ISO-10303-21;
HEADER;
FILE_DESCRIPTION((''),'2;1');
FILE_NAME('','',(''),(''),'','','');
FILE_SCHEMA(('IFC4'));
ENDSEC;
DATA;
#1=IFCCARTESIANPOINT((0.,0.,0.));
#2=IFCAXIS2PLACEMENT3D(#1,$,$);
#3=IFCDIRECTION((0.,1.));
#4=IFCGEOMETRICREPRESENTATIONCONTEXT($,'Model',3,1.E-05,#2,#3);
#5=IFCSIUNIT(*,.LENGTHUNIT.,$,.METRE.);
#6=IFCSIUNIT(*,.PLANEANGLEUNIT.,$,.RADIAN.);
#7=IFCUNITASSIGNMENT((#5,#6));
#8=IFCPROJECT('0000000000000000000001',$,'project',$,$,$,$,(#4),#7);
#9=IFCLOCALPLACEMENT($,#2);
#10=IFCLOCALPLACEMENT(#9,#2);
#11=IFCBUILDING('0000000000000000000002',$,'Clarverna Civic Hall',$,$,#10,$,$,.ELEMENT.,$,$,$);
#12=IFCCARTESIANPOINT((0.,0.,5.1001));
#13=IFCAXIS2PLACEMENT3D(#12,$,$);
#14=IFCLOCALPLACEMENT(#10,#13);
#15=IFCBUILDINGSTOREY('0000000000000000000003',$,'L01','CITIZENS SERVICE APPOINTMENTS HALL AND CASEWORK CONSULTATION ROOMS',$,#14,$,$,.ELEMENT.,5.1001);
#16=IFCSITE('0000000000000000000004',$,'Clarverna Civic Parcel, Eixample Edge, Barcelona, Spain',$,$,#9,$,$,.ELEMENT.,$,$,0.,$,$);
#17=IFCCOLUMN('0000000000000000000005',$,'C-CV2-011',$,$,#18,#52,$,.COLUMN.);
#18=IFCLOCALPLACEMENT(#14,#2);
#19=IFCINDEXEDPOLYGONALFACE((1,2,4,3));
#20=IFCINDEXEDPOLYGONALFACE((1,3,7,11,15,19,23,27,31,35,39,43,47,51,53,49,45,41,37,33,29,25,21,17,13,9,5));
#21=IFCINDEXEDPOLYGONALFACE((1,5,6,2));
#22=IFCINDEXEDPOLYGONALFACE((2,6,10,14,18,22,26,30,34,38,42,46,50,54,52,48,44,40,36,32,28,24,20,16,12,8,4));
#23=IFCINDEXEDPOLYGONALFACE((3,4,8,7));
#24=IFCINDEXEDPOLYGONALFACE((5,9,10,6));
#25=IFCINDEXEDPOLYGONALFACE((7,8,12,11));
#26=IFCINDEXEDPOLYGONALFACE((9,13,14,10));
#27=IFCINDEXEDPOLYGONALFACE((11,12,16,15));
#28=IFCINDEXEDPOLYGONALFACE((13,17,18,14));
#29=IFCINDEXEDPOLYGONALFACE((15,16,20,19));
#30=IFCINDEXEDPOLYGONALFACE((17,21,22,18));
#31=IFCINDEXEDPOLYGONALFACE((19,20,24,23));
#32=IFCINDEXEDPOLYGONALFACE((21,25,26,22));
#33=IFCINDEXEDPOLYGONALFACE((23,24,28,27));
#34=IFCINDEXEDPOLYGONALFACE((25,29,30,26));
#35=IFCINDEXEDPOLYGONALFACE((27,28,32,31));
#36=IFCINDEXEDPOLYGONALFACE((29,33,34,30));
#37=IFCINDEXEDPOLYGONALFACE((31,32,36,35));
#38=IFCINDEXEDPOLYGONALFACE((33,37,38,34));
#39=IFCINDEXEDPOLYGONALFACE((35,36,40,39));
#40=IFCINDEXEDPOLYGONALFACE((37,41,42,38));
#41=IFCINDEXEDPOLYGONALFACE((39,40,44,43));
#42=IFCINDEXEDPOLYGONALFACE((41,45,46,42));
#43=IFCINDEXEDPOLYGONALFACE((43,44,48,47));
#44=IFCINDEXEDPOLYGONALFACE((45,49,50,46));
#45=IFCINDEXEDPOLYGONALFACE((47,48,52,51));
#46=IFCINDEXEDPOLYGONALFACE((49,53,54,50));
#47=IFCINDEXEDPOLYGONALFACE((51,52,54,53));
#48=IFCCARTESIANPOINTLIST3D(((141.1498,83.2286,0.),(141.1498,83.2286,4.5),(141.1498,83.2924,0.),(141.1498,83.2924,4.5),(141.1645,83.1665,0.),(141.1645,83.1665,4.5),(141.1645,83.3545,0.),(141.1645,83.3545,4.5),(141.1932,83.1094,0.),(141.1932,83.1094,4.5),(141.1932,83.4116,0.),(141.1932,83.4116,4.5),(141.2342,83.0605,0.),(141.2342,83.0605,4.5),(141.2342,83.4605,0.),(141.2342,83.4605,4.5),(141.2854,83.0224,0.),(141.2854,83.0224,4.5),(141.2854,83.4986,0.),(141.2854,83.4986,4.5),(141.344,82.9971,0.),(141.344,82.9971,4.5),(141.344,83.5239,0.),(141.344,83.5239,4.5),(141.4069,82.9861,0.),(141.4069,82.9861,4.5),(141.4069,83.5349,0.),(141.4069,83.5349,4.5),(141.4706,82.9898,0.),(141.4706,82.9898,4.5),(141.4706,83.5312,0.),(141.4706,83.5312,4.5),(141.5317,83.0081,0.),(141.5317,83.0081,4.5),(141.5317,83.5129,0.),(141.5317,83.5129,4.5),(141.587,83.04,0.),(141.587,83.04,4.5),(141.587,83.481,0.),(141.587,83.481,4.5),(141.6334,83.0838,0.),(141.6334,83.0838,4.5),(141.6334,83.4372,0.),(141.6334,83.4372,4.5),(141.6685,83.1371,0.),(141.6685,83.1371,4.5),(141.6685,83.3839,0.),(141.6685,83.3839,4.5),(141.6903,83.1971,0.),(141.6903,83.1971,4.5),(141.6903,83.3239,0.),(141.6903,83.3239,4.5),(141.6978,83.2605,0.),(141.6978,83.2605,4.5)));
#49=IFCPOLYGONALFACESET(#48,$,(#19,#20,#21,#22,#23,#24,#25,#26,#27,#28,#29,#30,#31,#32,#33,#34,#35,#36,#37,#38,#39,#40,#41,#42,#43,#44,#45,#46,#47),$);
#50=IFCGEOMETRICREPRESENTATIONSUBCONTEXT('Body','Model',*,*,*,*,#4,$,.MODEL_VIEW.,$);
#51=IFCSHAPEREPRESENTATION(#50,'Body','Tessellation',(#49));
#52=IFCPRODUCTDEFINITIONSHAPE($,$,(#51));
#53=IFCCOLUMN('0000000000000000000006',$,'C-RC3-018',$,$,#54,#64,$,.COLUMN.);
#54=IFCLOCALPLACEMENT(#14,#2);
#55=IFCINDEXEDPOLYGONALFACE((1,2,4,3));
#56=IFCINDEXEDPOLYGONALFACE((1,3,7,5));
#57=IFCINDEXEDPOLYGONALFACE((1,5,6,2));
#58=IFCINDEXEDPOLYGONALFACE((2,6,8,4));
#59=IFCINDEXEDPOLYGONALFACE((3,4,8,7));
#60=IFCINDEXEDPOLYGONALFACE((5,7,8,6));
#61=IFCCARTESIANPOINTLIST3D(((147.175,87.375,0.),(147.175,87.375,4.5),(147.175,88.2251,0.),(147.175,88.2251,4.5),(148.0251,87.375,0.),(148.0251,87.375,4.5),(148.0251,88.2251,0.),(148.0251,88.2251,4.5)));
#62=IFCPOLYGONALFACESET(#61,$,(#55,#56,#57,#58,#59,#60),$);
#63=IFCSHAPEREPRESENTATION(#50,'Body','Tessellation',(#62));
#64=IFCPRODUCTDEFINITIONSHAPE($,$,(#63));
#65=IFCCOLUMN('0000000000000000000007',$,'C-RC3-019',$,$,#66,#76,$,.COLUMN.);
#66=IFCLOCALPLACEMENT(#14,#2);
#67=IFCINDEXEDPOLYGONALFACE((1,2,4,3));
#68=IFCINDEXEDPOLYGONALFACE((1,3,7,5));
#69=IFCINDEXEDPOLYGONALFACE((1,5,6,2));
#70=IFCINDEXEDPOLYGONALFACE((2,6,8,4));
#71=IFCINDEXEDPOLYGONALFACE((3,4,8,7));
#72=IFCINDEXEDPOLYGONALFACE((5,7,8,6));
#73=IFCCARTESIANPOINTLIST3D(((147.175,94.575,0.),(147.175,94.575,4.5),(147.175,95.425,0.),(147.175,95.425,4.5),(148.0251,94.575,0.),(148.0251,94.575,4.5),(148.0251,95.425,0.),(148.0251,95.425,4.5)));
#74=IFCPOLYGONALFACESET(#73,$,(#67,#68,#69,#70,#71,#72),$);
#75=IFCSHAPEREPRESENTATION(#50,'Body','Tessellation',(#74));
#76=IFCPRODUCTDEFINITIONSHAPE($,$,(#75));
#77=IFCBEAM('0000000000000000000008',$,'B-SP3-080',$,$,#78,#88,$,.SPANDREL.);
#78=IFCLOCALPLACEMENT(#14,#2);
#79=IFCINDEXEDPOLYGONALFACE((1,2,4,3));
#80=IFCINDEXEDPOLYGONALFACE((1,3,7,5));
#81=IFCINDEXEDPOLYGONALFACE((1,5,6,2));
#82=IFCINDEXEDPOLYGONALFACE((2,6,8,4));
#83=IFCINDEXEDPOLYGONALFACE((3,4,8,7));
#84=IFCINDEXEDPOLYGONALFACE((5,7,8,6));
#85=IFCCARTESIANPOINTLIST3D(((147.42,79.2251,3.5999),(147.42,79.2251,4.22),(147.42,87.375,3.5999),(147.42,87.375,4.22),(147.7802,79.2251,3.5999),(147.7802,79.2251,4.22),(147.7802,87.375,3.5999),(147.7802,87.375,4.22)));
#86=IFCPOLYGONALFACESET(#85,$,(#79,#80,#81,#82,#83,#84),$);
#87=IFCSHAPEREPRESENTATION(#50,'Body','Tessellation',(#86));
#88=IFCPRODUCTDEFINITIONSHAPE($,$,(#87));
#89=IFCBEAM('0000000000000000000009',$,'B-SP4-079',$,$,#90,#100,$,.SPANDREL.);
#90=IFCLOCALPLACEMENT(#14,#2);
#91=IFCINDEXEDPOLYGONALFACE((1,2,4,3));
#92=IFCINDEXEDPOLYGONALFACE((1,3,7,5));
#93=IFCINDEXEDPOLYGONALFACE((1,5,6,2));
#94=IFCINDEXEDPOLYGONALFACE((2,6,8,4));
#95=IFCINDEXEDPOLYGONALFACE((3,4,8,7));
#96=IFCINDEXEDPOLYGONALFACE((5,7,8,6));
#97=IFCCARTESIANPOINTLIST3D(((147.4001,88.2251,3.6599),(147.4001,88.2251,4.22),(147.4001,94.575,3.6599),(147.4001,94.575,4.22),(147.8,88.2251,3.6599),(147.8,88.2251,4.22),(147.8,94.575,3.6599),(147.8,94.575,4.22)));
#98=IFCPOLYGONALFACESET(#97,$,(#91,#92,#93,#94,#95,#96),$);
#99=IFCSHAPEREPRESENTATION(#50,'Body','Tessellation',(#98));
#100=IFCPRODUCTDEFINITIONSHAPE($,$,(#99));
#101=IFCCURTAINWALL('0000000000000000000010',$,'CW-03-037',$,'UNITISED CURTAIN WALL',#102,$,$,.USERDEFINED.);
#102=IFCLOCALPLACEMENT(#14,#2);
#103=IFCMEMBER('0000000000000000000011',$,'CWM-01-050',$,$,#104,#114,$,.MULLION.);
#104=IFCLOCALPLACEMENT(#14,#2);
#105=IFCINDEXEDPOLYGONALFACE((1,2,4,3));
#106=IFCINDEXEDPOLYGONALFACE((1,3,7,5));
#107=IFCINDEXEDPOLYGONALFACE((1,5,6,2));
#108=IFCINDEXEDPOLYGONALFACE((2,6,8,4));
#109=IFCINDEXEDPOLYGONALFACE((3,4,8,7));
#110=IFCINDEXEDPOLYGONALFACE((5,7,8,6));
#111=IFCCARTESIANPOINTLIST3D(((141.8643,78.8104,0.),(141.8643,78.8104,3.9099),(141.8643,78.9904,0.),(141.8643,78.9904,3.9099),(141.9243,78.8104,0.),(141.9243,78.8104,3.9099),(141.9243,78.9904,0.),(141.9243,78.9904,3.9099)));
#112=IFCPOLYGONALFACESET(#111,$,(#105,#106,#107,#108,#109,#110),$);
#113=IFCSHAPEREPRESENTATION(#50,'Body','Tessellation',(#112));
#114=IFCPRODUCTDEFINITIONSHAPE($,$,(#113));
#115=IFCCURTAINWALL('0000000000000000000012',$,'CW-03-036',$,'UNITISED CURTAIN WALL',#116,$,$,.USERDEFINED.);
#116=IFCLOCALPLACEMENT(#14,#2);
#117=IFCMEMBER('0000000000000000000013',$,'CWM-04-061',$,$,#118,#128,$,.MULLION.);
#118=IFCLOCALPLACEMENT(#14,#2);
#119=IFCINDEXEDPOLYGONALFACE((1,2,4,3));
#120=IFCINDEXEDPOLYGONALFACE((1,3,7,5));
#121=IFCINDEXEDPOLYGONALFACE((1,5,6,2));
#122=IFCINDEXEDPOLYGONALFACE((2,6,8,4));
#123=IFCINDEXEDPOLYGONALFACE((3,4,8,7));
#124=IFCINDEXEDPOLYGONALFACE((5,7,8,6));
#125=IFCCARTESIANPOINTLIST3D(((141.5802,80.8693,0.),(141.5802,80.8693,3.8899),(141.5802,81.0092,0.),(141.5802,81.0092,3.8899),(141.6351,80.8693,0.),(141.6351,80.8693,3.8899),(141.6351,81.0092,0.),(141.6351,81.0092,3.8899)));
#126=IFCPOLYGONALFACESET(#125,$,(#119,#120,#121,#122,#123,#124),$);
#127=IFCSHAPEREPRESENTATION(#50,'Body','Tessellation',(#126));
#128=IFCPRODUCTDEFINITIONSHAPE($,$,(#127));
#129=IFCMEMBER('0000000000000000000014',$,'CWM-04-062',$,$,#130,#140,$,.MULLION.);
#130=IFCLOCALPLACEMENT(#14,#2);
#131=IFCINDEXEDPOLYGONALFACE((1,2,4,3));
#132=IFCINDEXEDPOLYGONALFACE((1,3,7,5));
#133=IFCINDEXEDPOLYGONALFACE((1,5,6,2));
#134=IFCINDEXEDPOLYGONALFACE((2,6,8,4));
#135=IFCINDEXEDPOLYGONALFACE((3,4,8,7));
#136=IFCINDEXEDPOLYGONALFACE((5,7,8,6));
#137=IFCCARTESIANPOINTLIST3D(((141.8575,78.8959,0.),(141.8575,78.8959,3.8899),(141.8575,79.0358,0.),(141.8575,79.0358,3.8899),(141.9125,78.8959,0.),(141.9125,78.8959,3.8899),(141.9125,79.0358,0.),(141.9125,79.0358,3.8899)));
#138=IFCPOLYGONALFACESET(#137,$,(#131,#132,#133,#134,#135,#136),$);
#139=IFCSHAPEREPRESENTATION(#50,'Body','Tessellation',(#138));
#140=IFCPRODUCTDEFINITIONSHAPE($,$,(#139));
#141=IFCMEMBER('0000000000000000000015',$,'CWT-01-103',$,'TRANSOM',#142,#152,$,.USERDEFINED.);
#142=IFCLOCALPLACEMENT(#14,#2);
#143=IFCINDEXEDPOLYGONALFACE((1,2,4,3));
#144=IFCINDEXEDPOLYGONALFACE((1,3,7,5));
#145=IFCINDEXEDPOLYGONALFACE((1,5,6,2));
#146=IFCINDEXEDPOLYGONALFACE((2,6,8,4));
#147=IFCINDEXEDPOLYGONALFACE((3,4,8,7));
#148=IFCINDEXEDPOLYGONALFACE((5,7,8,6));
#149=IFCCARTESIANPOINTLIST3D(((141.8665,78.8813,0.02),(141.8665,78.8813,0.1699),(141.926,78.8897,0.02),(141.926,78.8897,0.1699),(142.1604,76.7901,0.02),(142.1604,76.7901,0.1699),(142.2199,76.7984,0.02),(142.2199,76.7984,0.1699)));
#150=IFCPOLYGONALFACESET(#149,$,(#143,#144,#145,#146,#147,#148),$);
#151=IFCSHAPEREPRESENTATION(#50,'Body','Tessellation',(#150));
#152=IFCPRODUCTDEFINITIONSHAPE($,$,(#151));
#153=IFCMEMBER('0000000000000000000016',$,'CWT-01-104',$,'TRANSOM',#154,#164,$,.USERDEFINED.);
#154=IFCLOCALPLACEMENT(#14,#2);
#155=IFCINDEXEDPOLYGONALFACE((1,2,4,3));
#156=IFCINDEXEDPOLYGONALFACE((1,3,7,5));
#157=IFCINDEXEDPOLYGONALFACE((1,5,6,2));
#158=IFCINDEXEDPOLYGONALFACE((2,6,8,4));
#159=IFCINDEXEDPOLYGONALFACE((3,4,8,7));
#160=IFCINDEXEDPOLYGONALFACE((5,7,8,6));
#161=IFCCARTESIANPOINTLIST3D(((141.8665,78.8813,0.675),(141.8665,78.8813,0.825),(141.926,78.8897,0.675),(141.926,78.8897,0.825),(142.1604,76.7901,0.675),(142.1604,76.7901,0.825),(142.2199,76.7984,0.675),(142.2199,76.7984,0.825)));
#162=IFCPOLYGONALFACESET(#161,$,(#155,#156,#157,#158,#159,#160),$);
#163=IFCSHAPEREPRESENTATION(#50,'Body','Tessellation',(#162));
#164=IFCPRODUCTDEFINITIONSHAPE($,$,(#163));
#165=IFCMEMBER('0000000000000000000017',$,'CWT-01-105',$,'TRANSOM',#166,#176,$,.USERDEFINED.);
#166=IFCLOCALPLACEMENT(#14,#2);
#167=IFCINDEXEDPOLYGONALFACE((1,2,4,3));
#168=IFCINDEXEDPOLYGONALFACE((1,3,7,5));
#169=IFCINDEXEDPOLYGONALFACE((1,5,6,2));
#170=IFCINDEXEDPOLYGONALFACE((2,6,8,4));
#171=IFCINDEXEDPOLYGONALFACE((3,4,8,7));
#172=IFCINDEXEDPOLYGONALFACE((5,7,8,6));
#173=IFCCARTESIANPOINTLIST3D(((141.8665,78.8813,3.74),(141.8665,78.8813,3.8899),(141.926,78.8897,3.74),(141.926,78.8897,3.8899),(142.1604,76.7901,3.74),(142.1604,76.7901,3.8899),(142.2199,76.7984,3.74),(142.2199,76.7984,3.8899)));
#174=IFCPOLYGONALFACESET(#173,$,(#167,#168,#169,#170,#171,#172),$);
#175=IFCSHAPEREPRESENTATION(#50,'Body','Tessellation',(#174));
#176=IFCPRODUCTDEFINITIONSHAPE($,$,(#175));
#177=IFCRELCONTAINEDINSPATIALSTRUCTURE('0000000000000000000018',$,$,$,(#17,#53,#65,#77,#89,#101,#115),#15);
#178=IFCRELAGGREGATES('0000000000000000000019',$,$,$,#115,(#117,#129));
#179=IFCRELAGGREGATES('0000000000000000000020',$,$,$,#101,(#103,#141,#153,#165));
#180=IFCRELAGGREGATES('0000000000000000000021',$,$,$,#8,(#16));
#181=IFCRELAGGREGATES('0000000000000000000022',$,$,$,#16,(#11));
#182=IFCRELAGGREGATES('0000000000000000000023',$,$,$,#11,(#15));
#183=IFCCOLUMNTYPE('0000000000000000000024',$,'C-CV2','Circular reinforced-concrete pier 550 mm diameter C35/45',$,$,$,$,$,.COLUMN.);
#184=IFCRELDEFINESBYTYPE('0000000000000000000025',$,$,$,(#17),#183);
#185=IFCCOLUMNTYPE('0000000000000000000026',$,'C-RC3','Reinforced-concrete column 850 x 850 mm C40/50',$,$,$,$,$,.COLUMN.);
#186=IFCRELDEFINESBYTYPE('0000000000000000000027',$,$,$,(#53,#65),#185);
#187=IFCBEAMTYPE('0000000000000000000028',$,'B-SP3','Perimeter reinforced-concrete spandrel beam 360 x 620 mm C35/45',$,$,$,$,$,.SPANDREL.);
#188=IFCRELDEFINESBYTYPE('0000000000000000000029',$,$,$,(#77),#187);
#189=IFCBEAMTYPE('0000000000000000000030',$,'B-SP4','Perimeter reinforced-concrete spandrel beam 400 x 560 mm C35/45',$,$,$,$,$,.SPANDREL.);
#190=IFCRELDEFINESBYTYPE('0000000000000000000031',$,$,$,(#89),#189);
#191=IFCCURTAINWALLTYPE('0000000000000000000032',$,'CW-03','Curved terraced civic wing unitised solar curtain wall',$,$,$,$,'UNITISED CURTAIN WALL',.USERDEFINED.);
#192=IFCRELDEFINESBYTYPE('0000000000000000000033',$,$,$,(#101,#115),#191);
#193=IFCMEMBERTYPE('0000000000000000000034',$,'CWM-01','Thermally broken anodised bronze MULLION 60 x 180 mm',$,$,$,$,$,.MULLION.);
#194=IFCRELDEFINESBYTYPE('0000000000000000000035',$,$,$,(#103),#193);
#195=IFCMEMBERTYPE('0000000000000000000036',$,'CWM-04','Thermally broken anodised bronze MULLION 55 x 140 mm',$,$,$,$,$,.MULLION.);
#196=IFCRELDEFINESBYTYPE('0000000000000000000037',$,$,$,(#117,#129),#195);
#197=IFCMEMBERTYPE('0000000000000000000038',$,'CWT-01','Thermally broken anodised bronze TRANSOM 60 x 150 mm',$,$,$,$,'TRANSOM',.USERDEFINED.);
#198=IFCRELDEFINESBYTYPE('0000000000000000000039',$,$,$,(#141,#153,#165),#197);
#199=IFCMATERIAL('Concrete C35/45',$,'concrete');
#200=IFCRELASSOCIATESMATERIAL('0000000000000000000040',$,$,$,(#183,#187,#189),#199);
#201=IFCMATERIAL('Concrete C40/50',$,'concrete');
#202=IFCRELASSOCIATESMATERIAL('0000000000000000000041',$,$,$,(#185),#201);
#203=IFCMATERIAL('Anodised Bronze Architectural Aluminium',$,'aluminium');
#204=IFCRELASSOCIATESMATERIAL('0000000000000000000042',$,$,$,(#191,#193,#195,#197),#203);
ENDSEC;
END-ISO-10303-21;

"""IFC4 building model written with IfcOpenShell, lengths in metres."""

from ifc_helpers import new_model, si_unit, direction, frame, origin, origin_2d, place, context, subcontext, project, spatial, rectangle, circle, extrude, material, material_profile, profile_set, type_object, element, aggregate, save


model = new_model("IFC4")

# Units and contexts
model_context = context("Model", 3, precision=1e-05, world=origin(), true_north=direction((0.0, 1.0)))
body_context = subcontext(model_context, "Body", "Model", "MODEL_VIEW")
ifc_project = project(units=[si_unit("LENGTHUNIT", "METRE"), si_unit("PLANEANGLEUNIT", "RADIAN")], contexts=[model_context])

# Site, building, storey
site_placement = place(None, origin())
site = spatial("IfcSite", under=ifc_project, at=site_placement, Name="Clarverna Civic Parcel, Eixample Edge, Barcelona, Spain", CompositionType="ELEMENT", RefElevation=0.0)
building_placement = place(site_placement, origin())
building = spatial("IfcBuilding", under=site, at=building_placement, Name="Clarverna Civic Hall", CompositionType="ELEMENT")
storey_placement = place(building_placement, frame((0.0, 0.0, 5.1001)))
storey = spatial("IfcBuildingStorey", under=building, at=storey_placement, Name="L01", Description="CITIZENS SERVICE APPOINTMENTS HALL AND CASEWORK CONSULTATION ROOMS", CompositionType="ELEMENT", Elevation=5.1001)

# Columns
ifc_material_1 = material(Name="Concrete C35/45", Category="concrete")
ifc_material_profile_1 = material_profile(ifc_material_1, circle(Radius=0.2749, at=origin_2d()), Name="RC D550")
ifc_profile_set_1 = profile_set([ifc_material_profile_1], Name="Concrete C35/45")
column_type_1 = type_object("IfcColumnType", Name="C-CV2", Description="Circular reinforced-concrete pier 550 mm diameter C35/45", PredefinedType="COLUMN", material=ifc_profile_set_1)
column_placement = place(storey_placement, frame((141.4229, 83.2605, 0.0), z_axis=(0.0, 0.0, 1.0), x_axis=(1.0, 0.0, 0.0)))
element("IfcColumn", 1, at=column_placement, inside=storey, type_object=column_type_1, Name="C-CV2-011", PredefinedType="COLUMN", context=body_context, shape_type="SweptSolid", body=[
    extrude(circle(Radius=0.2749, at=origin_2d()), origin(), (0.0, 0.0, 1.0), 4.5),
])
ifc_material_2 = material(Name="Concrete C40/50", Category="concrete")
ifc_material_profile_2 = material_profile(ifc_material_2, rectangle(XDim=0.8501, YDim=0.8501, at=origin_2d()), Name="RC 850x850")
ifc_profile_set_2 = profile_set([ifc_material_profile_2], Name="Concrete C40/50")
column_type_2 = type_object("IfcColumnType", Name="C-RC3", Description="Reinforced-concrete column 850 x 850 mm C40/50", PredefinedType="COLUMN", material=ifc_profile_set_2)
for number, where, z_axis, x_axis, name in (
    (2, (147.6001, 87.8, 0.0), (0.0, 0.0, 1.0), (1.0, 0.0, 0.0), "C-RC3-018"),
    (3, (147.6001, 95.0, 0.0), (0.0, 0.0, 1.0), (1.0, 0.0, 0.0), "C-RC3-019"),
):
    element("IfcColumn", number, at=place(storey_placement, frame(where, z_axis=z_axis, x_axis=x_axis)), inside=storey, type_object=column_type_2, Name=name, PredefinedType="COLUMN", context=body_context, shape_type="SweptSolid", body=[
        extrude(rectangle(XDim=0.8501, YDim=0.8501, at=origin_2d()), origin(), (0.0, 0.0, 1.0), 4.5),
    ])

# Beams
ifc_material_profile_3 = material_profile(ifc_material_1, rectangle(XDim=0.3601, YDim=0.6201, at=origin_2d()), Name="RC 360x620")
ifc_profile_set_3 = profile_set([ifc_material_profile_3], Name="Concrete C35/45")
beam_type_1 = type_object("IfcBeamType", Name="B-SP3", Description="Perimeter reinforced-concrete spandrel beam 360 x 620 mm C35/45", PredefinedType="SPANDREL", material=ifc_profile_set_3)
beam_1_placement = place(storey_placement, frame((147.6001, 79.2251, 3.9099), z_axis=(0.0, 1.0, 0.0), x_axis=(-1.0, 0.0, 0.0)))
element("IfcBeam", 4, at=beam_1_placement, inside=storey, type_object=beam_type_1, Name="B-SP3-080", PredefinedType="SPANDREL", context=body_context, shape_type="SweptSolid", body=[
    extrude(rectangle(XDim=0.3601, YDim=0.6201, at=origin_2d()), origin(), (0.0, 0.0, 1.0), 8.1499),
])
ifc_material_profile_4 = material_profile(ifc_material_1, rectangle(XDim=0.3999, YDim=0.5601, at=origin_2d()), Name="RC 400x560")
ifc_profile_set_4 = profile_set([ifc_material_profile_4], Name="Concrete C35/45")
beam_type_2 = type_object("IfcBeamType", Name="B-SP4", Description="Perimeter reinforced-concrete spandrel beam 400 x 560 mm C35/45", PredefinedType="SPANDREL", material=ifc_profile_set_4)
beam_2_placement = place(storey_placement, frame((147.6001, 88.2251, 3.9399), z_axis=(0.0, 1.0, 0.0), x_axis=(-1.0, 0.0, 0.0)))
element("IfcBeam", 5, at=beam_2_placement, inside=storey, type_object=beam_type_2, Name="B-SP4-079", PredefinedType="SPANDREL", context=body_context, shape_type="SweptSolid", body=[
    extrude(rectangle(XDim=0.3999, YDim=0.5601, at=origin_2d()), origin(), (0.0, 0.0, 1.0), 6.3499),
])

# Curtain wall, member
ifc_material_3 = material(Name="Anodised Bronze Architectural Aluminium", Category="aluminium")
curtain_wall_type = type_object("IfcCurtainWallType", Name="CW-03", Description="Curved terraced civic wing unitised solar curtain wall", ElementType="UNITISED CURTAIN WALL", PredefinedType="USERDEFINED", material=ifc_material_3)
curtain_wall_1_placement = place(storey_placement, origin())
curtain_wall_1 = element("IfcCurtainWall", 6, at=curtain_wall_1_placement, inside=storey, type_object=curtain_wall_type, Name="CW-03-037", ObjectType="UNITISED CURTAIN WALL", PredefinedType="USERDEFINED")
ifc_material_profile_5 = material_profile(ifc_material_3, rectangle(XDim=0.0601, YDim=0.1799, at=origin_2d()), Name="BRONZE 60x180")
ifc_profile_set_5 = profile_set([ifc_material_profile_5], Name="Anodised Bronze Architectural Aluminium")
member_type_1 = type_object("IfcMemberType", Name="CWM-01", Description="Thermally broken anodised bronze MULLION 60 x 180 mm", PredefinedType="MULLION", material=ifc_profile_set_5)
member_1_placement = place(storey_placement, frame((141.8943, 78.9004, 0.0), z_axis=(0.0, 0.0, 1.0), x_axis=(1.0, 0.0, 0.0)))
member_1 = element("IfcMember", 7, at=member_1_placement, type_object=member_type_1, Name="CWM-01-050", PredefinedType="MULLION", context=body_context, shape_type="SweptSolid", body=[
    extrude(rectangle(XDim=0.0601, YDim=0.1799, at=origin_2d()), origin(), (0.0, 0.0, 1.0), 3.9099),
])

# Curtain wall, members
curtain_wall_2_placement = place(storey_placement, origin())
curtain_wall_2 = element("IfcCurtainWall", 8, at=curtain_wall_2_placement, inside=storey, type_object=curtain_wall_type, Name="CW-03-036", ObjectType="UNITISED CURTAIN WALL", PredefinedType="USERDEFINED")
ifc_material_profile_6 = material_profile(ifc_material_3, rectangle(XDim=0.0549, YDim=0.1399, at=origin_2d()), Name="BRONZE 55x140")
ifc_profile_set_6 = profile_set([ifc_material_profile_6], Name="Anodised Bronze Architectural Aluminium")
member_type_2 = type_object("IfcMemberType", Name="CWM-04", Description="Thermally broken anodised bronze MULLION 55 x 140 mm", PredefinedType="MULLION", material=ifc_profile_set_6)
member_2_placement = place(storey_placement, frame((141.6077, 80.9392, 0.0), z_axis=(0.0, 0.0, 1.0), x_axis=(1.0, 0.0, 0.0)))
member_2 = element("IfcMember", 9, at=member_2_placement, type_object=member_type_2, Name="CWM-04-061", PredefinedType="MULLION", context=body_context, shape_type="SweptSolid", body=[
    extrude(rectangle(XDim=0.0549, YDim=0.1399, at=origin_2d()), origin(), (0.0, 0.0, 1.0), 3.8899),
])
member_3_placement = place(storey_placement, frame((141.885, 78.9658, 0.0), z_axis=(0.0, 0.0, 1.0), x_axis=(1.0, 0.0, 0.0)))
member_3 = element("IfcMember", 10, at=member_3_placement, type_object=member_type_2, Name="CWM-04-062", PredefinedType="MULLION", context=body_context, shape_type="SweptSolid", body=[
    extrude(rectangle(XDim=0.0549, YDim=0.1399, at=origin_2d()), origin(), (0.0, 0.0, 1.0), 3.8899),
])

# Members
ifc_material_profile_7 = material_profile(ifc_material_3, rectangle(XDim=0.0601, YDim=0.1499, at=origin_2d()), Name="BRONZE 60x150")
ifc_profile_set_7 = profile_set([ifc_material_profile_7], Name="Anodised Bronze Architectural Aluminium")
member_type_3 = type_object("IfcMemberType", Name="CWT-01", Description="Thermally broken anodised bronze TRANSOM 60 x 150 mm", ElementType="TRANSOM", PredefinedType="USERDEFINED", material=ifc_profile_set_7)
member_4_placement = place(storey_placement, frame((141.8962, 78.8855, 0.095), z_axis=(0.139188, -0.990266, 0.0), x_axis=(0.990266, 0.139188, 0.0)))
member_4 = element("IfcMember", 11, at=member_4_placement, type_object=member_type_3, Name="CWT-01-103", ObjectType="TRANSOM", PredefinedType="USERDEFINED", context=body_context, shape_type="SweptSolid", body=[
    extrude(rectangle(XDim=0.0601, YDim=0.1499, at=origin_2d()), origin(), (0.0, 0.0, 1.0), 2.1118),
])
member_5_placement = place(storey_placement, frame((141.8962, 78.8855, 0.75), z_axis=(0.139188, -0.990266, 0.0), x_axis=(0.990266, 0.139188, 0.0)))
member_5 = element("IfcMember", 12, at=member_5_placement, type_object=member_type_3, Name="CWT-01-104", ObjectType="TRANSOM", PredefinedType="USERDEFINED", context=body_context, shape_type="SweptSolid", body=[
    extrude(rectangle(XDim=0.0601, YDim=0.1499, at=origin_2d()), origin(), (0.0, 0.0, 1.0), 2.1118),
])
member_6_placement = place(storey_placement, frame((141.8962, 78.8855, 3.8149), z_axis=(0.139188, -0.990266, 0.0), x_axis=(0.990266, 0.139188, 0.0)))
member_6 = element("IfcMember", 13, at=member_6_placement, type_object=member_type_3, Name="CWT-01-105", ObjectType="TRANSOM", PredefinedType="USERDEFINED", context=body_context, shape_type="SweptSolid", body=[
    extrude(rectangle(XDim=0.0601, YDim=0.1499, at=origin_2d()), origin(), (0.0, 0.0, 1.0), 2.1118),
])

aggregate(curtain_wall_2, [member_2, member_3])
aggregate(curtain_wall_1, [member_1, member_4, member_5, member_6])

save(model, "model.ifc")
